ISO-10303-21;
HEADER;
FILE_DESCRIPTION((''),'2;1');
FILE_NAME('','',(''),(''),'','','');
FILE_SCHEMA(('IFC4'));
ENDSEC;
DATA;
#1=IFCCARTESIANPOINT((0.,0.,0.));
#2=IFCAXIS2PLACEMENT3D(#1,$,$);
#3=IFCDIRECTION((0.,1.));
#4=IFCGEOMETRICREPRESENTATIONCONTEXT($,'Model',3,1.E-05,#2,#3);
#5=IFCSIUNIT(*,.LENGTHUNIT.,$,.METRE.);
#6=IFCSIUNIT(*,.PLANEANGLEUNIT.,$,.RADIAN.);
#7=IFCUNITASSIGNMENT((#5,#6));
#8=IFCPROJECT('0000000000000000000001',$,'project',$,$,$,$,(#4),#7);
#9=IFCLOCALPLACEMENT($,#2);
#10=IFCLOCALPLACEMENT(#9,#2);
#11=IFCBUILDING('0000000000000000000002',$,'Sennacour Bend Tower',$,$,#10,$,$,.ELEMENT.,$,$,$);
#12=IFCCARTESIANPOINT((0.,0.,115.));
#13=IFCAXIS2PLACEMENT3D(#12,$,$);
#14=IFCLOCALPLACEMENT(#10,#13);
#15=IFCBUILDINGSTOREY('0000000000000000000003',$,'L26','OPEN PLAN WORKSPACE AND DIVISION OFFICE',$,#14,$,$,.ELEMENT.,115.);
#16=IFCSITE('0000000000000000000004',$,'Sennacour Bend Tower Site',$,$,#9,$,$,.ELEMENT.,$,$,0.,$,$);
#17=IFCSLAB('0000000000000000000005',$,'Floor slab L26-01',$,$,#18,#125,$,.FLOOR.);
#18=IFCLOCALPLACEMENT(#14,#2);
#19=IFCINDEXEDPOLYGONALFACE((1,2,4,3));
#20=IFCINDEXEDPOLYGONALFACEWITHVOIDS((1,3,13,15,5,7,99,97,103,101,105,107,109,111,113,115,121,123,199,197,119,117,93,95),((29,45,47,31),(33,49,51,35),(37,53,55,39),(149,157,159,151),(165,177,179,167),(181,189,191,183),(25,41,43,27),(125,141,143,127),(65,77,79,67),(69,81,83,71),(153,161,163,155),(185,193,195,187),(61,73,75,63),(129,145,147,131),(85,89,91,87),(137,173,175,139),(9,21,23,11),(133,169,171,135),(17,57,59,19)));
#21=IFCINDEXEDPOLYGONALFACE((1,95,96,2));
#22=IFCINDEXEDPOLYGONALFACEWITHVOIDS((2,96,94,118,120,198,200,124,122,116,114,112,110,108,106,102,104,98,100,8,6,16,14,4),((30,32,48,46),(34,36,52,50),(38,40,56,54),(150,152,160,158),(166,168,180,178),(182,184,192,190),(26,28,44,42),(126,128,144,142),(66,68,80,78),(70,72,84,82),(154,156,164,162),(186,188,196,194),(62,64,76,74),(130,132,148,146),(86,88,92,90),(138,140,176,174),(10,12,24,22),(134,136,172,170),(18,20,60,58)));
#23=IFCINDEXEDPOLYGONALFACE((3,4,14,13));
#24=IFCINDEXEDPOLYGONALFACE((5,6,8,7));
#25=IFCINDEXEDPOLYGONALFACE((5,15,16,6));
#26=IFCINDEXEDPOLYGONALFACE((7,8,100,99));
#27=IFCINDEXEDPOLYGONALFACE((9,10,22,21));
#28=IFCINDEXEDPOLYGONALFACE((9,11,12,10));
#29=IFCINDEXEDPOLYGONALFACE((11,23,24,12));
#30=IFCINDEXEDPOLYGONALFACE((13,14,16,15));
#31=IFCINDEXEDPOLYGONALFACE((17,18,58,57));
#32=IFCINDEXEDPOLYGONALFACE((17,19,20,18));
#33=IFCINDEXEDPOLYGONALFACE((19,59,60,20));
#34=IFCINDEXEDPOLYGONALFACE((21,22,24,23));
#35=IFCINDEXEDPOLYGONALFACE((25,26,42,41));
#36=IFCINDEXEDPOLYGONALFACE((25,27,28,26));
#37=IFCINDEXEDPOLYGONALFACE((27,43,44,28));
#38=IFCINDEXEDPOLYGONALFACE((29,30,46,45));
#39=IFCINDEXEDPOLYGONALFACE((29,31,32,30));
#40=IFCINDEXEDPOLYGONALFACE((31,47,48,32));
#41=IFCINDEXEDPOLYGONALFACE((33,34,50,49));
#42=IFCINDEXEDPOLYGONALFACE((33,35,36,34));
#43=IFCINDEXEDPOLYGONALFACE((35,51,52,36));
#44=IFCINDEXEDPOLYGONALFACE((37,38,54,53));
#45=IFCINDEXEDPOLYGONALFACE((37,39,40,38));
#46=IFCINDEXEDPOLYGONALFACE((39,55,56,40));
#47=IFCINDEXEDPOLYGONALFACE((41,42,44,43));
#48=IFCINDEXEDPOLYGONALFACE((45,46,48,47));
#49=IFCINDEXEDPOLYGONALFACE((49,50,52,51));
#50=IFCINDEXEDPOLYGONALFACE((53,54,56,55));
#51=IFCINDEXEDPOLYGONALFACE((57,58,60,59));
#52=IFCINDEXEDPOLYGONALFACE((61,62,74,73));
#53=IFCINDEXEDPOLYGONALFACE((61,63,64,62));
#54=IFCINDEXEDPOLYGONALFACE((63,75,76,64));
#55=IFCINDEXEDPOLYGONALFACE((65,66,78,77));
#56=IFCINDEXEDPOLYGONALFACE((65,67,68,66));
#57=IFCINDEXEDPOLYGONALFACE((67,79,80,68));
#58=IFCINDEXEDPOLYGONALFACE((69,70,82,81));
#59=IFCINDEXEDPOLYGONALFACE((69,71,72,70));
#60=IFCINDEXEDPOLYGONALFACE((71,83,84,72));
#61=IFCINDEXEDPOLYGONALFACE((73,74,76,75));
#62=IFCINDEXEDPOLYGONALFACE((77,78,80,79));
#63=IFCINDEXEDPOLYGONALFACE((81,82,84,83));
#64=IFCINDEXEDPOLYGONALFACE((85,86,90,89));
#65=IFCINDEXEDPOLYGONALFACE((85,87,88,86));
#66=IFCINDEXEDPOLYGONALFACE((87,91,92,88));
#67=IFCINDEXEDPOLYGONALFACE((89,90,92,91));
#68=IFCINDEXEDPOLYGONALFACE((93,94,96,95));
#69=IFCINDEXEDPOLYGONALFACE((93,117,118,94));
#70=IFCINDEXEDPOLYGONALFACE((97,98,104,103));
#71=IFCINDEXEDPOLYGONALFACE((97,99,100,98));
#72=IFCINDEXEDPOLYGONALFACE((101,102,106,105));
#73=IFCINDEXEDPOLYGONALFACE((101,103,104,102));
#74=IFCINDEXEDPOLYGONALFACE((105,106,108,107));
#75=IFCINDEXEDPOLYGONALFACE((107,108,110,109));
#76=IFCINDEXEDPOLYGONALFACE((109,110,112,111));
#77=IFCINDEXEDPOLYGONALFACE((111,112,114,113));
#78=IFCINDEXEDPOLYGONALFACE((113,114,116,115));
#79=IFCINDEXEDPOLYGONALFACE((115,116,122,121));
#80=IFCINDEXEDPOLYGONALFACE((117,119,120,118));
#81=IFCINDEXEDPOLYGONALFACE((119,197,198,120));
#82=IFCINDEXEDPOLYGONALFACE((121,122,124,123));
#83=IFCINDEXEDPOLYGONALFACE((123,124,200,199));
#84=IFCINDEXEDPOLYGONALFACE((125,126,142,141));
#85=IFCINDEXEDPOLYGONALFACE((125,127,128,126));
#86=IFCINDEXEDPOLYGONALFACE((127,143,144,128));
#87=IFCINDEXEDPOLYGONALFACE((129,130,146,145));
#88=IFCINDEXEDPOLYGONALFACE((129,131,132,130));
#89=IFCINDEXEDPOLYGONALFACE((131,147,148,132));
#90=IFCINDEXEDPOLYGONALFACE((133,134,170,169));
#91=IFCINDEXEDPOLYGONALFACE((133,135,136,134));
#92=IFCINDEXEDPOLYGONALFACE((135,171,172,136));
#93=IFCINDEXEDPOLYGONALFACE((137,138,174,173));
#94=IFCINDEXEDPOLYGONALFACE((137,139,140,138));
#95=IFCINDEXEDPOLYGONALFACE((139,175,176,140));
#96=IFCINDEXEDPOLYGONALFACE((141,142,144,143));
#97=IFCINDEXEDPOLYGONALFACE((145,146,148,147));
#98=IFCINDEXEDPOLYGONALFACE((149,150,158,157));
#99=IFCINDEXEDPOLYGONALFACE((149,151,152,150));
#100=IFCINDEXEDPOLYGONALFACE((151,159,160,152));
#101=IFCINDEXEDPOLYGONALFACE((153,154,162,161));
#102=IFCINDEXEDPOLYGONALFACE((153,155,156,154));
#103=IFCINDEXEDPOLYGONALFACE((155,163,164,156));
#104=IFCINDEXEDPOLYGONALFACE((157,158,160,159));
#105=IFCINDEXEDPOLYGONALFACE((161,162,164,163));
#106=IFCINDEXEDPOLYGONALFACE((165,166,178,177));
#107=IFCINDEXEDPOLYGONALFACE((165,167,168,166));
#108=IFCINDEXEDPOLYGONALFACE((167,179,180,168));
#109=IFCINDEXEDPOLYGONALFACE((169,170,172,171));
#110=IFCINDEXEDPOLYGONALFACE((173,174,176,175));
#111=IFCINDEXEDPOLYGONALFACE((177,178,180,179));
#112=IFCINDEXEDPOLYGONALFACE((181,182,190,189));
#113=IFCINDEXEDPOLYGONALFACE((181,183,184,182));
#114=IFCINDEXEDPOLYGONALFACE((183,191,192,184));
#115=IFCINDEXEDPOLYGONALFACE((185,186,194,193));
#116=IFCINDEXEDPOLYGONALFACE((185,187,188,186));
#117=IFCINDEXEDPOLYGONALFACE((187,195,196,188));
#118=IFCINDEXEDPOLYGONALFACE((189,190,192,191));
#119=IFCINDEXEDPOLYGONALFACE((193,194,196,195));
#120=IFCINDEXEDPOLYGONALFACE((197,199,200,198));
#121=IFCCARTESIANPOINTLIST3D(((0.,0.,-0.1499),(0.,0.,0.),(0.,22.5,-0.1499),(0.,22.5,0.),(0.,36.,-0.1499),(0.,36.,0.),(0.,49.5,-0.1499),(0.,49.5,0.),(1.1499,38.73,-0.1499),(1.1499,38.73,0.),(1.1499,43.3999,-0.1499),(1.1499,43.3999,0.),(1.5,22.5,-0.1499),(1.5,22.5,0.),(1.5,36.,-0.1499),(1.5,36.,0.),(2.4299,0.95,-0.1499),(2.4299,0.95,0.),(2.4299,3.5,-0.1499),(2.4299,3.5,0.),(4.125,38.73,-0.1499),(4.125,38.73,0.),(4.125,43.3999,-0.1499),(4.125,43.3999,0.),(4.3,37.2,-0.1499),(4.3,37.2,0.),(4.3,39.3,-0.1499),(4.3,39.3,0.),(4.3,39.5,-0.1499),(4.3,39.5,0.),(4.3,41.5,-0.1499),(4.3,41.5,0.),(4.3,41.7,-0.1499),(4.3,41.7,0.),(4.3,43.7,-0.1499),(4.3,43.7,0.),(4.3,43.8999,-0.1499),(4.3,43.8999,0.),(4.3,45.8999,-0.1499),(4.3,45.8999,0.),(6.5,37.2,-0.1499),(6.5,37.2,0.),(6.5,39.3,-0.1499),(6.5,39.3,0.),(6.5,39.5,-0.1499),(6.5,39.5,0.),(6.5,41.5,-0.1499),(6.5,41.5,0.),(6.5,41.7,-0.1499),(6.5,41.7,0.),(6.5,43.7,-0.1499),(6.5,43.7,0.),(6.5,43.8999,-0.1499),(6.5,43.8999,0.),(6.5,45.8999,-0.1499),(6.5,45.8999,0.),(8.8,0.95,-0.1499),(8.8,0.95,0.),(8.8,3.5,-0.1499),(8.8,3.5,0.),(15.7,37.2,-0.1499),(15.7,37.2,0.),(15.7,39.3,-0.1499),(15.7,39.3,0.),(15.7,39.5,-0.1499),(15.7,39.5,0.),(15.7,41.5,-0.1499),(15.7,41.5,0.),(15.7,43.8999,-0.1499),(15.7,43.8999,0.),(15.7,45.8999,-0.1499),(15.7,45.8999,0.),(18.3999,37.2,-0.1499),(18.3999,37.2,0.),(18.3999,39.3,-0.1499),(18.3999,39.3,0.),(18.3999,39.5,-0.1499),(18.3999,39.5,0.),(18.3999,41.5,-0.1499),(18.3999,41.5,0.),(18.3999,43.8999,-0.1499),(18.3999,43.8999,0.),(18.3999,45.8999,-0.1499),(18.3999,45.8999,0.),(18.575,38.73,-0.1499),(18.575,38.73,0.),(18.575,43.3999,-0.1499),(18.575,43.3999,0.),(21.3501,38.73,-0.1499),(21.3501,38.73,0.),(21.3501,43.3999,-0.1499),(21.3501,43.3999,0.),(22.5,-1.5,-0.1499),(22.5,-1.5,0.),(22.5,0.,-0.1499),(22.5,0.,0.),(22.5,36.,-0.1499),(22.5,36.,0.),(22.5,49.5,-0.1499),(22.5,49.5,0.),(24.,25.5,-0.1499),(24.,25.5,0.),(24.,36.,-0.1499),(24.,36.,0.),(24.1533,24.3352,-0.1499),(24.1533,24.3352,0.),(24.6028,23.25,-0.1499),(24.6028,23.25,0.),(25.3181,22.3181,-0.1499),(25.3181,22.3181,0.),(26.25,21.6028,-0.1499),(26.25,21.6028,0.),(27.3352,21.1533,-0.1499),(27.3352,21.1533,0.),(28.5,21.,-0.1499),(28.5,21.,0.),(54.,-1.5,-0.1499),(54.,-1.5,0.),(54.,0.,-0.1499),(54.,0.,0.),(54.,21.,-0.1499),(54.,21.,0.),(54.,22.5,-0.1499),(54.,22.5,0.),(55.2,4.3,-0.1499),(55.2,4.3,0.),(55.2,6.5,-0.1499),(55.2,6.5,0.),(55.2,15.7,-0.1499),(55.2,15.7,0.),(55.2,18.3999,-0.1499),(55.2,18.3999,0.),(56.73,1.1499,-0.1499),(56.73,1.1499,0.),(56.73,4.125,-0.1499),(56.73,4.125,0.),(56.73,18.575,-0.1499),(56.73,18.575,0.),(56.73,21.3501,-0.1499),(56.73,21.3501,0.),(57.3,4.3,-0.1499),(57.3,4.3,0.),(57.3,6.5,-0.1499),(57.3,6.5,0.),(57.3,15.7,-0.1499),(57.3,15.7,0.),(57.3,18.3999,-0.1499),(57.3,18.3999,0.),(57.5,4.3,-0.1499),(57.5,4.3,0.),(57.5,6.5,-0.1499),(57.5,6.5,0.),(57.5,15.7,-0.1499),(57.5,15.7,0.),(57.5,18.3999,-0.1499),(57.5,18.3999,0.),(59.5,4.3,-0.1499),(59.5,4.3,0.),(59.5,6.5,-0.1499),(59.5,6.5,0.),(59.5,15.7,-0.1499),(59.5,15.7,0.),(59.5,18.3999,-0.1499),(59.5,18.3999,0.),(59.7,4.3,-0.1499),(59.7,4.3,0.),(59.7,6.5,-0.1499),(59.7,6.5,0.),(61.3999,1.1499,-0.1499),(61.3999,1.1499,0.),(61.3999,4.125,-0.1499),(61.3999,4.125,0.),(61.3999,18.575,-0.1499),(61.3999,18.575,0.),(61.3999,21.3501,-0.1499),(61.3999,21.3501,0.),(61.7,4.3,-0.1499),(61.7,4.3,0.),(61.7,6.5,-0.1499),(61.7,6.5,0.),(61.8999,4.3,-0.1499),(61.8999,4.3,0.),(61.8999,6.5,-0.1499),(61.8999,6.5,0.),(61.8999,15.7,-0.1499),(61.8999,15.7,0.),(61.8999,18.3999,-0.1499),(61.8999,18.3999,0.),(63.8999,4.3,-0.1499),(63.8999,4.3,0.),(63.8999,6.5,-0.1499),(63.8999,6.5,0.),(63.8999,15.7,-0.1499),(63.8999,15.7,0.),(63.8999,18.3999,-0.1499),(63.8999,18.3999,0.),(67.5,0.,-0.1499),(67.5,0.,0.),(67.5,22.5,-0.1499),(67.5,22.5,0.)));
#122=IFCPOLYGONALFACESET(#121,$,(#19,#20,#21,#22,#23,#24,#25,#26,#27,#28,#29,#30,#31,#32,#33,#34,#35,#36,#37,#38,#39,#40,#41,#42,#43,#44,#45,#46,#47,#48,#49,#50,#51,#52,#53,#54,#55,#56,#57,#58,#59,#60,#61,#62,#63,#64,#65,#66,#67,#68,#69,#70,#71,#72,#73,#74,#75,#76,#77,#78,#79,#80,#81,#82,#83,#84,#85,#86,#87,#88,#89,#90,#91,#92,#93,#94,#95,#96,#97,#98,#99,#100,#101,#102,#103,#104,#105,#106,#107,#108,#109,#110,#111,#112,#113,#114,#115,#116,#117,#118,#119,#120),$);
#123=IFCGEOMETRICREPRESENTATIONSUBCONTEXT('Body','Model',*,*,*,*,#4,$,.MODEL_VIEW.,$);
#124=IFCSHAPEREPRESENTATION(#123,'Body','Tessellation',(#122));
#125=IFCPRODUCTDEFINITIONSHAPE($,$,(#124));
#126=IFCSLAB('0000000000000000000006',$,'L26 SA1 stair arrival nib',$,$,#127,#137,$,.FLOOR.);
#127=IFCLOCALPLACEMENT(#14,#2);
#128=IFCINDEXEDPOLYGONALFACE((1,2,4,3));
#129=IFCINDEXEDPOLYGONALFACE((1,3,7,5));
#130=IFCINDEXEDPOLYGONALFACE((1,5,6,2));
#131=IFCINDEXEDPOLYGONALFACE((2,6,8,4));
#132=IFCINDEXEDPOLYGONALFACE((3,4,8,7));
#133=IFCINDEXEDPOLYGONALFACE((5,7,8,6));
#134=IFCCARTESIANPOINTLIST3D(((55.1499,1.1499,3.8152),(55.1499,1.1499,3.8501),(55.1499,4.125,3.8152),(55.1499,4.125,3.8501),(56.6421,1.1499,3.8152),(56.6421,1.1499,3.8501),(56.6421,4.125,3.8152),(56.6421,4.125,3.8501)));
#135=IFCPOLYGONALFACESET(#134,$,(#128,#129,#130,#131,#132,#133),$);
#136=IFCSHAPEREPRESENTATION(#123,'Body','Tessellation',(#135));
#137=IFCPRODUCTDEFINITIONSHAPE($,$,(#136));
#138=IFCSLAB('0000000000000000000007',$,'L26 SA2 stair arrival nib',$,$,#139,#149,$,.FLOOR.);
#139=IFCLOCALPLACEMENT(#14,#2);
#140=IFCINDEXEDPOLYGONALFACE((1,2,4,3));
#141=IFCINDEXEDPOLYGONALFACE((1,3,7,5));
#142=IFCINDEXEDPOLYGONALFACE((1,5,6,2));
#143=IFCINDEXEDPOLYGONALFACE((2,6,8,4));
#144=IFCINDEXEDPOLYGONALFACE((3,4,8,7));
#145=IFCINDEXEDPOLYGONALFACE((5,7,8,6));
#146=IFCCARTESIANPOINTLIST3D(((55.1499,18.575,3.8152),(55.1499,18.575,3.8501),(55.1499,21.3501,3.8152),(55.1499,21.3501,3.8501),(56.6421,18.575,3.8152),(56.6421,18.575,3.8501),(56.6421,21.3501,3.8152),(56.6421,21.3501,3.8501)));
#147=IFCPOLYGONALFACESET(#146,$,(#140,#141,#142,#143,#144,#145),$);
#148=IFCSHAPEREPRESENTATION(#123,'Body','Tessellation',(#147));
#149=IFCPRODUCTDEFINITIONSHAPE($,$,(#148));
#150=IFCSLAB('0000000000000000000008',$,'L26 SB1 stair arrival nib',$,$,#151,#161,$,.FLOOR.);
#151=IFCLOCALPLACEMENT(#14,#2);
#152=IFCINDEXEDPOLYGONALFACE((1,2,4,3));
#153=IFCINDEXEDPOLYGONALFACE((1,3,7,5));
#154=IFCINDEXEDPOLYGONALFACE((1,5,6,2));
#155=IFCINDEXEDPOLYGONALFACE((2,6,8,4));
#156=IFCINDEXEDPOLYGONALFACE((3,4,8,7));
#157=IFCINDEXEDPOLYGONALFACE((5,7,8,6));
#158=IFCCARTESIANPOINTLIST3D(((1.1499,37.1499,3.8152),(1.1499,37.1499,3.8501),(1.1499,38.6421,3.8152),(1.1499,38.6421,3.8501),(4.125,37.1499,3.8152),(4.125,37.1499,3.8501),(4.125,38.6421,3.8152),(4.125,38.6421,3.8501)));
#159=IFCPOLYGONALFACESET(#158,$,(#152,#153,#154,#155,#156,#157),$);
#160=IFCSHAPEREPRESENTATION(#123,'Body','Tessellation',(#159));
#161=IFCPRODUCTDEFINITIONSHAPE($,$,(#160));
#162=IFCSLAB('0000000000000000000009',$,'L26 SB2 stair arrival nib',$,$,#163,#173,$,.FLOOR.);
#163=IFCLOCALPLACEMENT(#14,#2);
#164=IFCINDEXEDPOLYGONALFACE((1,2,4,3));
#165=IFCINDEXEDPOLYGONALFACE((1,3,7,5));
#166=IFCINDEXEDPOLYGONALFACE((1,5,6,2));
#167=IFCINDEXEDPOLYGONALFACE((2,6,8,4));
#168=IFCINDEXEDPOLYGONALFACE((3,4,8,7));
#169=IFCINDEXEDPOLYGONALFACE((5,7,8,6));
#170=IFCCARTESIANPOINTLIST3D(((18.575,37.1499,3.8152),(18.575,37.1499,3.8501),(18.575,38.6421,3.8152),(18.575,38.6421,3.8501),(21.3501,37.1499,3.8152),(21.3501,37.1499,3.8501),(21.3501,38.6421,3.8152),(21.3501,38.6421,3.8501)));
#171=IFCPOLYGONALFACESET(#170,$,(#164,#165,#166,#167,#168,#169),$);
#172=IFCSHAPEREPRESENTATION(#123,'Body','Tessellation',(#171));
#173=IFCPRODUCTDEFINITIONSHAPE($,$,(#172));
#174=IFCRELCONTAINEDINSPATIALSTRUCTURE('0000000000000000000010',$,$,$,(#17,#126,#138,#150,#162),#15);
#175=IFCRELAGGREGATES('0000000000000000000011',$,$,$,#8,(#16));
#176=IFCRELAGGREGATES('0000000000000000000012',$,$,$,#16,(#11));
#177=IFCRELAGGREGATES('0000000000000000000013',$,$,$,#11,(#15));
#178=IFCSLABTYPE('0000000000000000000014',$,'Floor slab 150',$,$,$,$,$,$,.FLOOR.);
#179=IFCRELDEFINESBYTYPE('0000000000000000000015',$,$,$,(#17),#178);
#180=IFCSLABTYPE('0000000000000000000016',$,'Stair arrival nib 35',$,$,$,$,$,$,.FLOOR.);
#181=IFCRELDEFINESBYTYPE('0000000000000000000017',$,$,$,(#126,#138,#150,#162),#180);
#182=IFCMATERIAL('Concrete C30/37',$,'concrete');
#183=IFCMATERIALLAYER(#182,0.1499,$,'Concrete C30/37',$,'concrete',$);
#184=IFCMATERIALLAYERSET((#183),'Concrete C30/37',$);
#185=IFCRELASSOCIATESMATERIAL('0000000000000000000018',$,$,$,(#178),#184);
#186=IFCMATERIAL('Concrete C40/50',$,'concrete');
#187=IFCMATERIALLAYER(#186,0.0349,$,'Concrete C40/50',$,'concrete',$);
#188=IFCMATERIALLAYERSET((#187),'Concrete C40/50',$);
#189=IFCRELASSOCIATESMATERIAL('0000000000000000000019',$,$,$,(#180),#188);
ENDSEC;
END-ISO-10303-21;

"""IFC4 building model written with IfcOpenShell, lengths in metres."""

from ifc_helpers import new_model, si_unit, direction, frame, origin, place, context, subcontext, project, spatial, polyline, outline, extrude, material, layer, layer_set, type_object, element, save


model = new_model("IFC4")

# Units and contexts
model_context = context("Model", 3, precision=1e-05, world=origin(), true_north=direction((0.0, 1.0)))
body_context = subcontext(model_context, "Body", "Model", "MODEL_VIEW")
ifc_project = project(units=[si_unit("LENGTHUNIT", "METRE"), si_unit("PLANEANGLEUNIT", "RADIAN")], contexts=[model_context])

# Site, building, storey
site_placement = place(None, origin())
site = spatial("IfcSite", under=ifc_project, at=site_placement, Name="Sennacour Bend Tower Site", CompositionType="ELEMENT", RefElevation=0.0)
building_placement = place(site_placement, origin())
building = spatial("IfcBuilding", under=site, at=building_placement, Name="Sennacour Bend Tower", CompositionType="ELEMENT")
storey_placement = place(building_placement, frame((0.0, 0.0, 115.0)))
storey = spatial("IfcBuildingStorey", under=building, at=storey_placement, Name="L26", Description="OPEN PLAN WORKSPACE AND DIVISION OFFICE", CompositionType="ELEMENT", Elevation=115.0)

# Slabs
ifc_material_1 = material(Name="Concrete C30/37", Category="concrete")
ifc_layer_1 = layer(ifc_material_1, 0.1499, Name="Concrete C30/37", Category="concrete")
ifc_layer_set_1 = layer_set([ifc_layer_1], Name="Concrete C30/37")
slab_type_1 = type_object("IfcSlabType", Name="Floor slab 150", PredefinedType="FLOOR", material=ifc_layer_set_1)
slab_1_placement = place(storey_placement, frame((0.0, 0.0, -0.1499)))
element("IfcSlab", 1, at=slab_1_placement, inside=storey, type_object=slab_type_1, Name="Floor slab L26-01", PredefinedType="FLOOR", context=body_context, shape_type="SweptSolid", body=[
    extrude(outline(polyline([(22.5, 0.0), (0.0, 0.0), (0.0, 22.5), (1.5, 22.5), (1.5, 36.0), (0.0, 36.0), (0.0, 49.5), (22.5, 49.5), (22.5, 36.0), (24.0, 36.0), (24.0, 25.5), (24.1533, 24.3352), (24.6028, 23.25), (25.3181, 22.3181), (26.25, 21.6028), (27.3352, 21.1533), (28.5, 21.0), (54.0, 21.0), (54.0, 22.5), (67.5, 22.5), (67.5, 0.0), (54.0, 0.0), (54.0, -1.5), (22.5, -1.5), (22.5, 0.0)]), holes=[polyline([(8.8, 0.95), (8.8, 3.5), (2.4299, 3.5), (2.4299, 0.95), (8.8, 0.95)]), polyline([(6.5, 37.2), (6.5, 39.3), (4.3, 39.3), (4.3, 37.2), (6.5, 37.2)]), polyline([(18.3999, 37.2), (18.3999, 39.3), (15.7, 39.3), (15.7, 37.2), (18.3999, 37.2)]), polyline([(6.5, 39.5), (6.5, 41.5), (4.3, 41.5), (4.3, 39.5), (6.5, 39.5)]), polyline([(18.3999, 39.5), (18.3999, 41.5), (15.7, 41.5), (15.7, 39.5), (18.3999, 39.5)]), polyline([(4.125, 38.73), (4.125, 43.3999), (1.1499, 43.3999), (1.1499, 38.73), (4.125, 38.73)]), polyline([(21.3501, 38.73), (21.3501, 43.3999), (18.575, 43.3999), (18.575, 38.73), (21.3501, 38.73)]), polyline([(4.3, 41.7), (6.5, 41.7), (6.5, 43.7), (4.3, 43.7), (4.3, 41.7)]), polyline([(4.3, 43.8999), (6.5, 43.8999), (6.5, 45.8999), (4.3, 45.8999), (4.3, 43.8999)]), polyline([(18.3999, 43.8999), (18.3999, 45.8999), (15.7, 45.8999), (15.7, 43.8999), (18.3999, 43.8999)]), polyline([(61.3999, 1.1499), (61.3999, 4.125), (56.73, 4.125), (56.73, 1.1499), (61.3999, 1.1499)]), polyline([(57.3, 4.3), (57.3, 6.5), (55.2, 6.5), (55.2, 4.3), (57.3, 4.3)]), polyline([(57.5, 4.3), (59.5, 4.3), (59.5, 6.5), (57.5, 6.5), (57.5, 4.3)]), polyline([(59.7, 4.3), (61.7, 4.3), (61.7, 6.5), (59.7, 6.5), (59.7, 4.3)]), polyline([(63.8999, 4.3), (63.8999, 6.5), (61.8999, 6.5), (61.8999, 4.3), (63.8999, 4.3)]), polyline([(57.3, 15.7), (57.3, 18.3999), (55.2, 18.3999), (55.2, 15.7), (57.3, 15.7)]), polyline([(59.5, 15.7), (59.5, 18.3999), (57.5, 18.3999), (57.5, 15.7), (59.5, 15.7)]), polyline([(61.8999, 15.7), (63.8999, 15.7), (63.8999, 18.3999), (61.8999, 18.3999), (61.8999, 15.7)]), polyline([(56.73, 18.575), (61.3999, 18.575), (61.3999, 21.3501), (56.73, 21.3501), (56.73, 18.575)])]), origin(), (0.0, 0.0, 1.0), 0.1499),
])
ifc_material_2 = material(Name="Concrete C40/50", Category="concrete")
ifc_layer_2 = layer(ifc_material_2, 0.0349, Name="Concrete C40/50", Category="concrete")
ifc_layer_set_2 = layer_set([ifc_layer_2], Name="Concrete C40/50")
slab_type_2 = type_object("IfcSlabType", Name="Stair arrival nib 35", PredefinedType="FLOOR", material=ifc_layer_set_2)
slab_2_placement = place(storey_placement, frame((0.0, 0.0, 3.8152)))
element("IfcSlab", 2, at=slab_2_placement, inside=storey, type_object=slab_type_2, Name="L26 SA1 stair arrival nib", PredefinedType="FLOOR", context=body_context, shape_type="SweptSolid", body=[
    extrude(outline(polyline([(56.6421, 4.125), (55.1499, 4.125), (55.1499, 1.1499), (56.6421, 1.1499), (56.6421, 4.125)])), origin(), (0.0, 0.0, 1.0), 0.0349),
])
slab_3_placement = place(storey_placement, frame((0.0, 0.0, 3.8152)))
element("IfcSlab", 3, at=slab_3_placement, inside=storey, type_object=slab_type_2, Name="L26 SA2 stair arrival nib", PredefinedType="FLOOR", context=body_context, shape_type="SweptSolid", body=[
    extrude(outline(polyline([(56.6421, 21.3501), (55.1499, 21.3501), (55.1499, 18.575), (56.6421, 18.575), (56.6421, 21.3501)])), origin(), (0.0, 0.0, 1.0), 0.0349),
])
slab_4_placement = place(storey_placement, frame((0.0, 0.0, 3.8152)))
element("IfcSlab", 4, at=slab_4_placement, inside=storey, type_object=slab_type_2, Name="L26 SB1 stair arrival nib", PredefinedType="FLOOR", context=body_context, shape_type="SweptSolid", body=[
    extrude(outline(polyline([(1.1499, 38.6421), (1.1499, 37.1499), (4.125, 37.1499), (4.125, 38.6421), (1.1499, 38.6421)])), origin(), (0.0, 0.0, 1.0), 0.0349),
])
slab_5_placement = place(storey_placement, frame((0.0, 0.0, 3.8152)))
element("IfcSlab", 5, at=slab_5_placement, inside=storey, type_object=slab_type_2, Name="L26 SB2 stair arrival nib", PredefinedType="FLOOR", context=body_context, shape_type="SweptSolid", body=[
    extrude(outline(polyline([(18.575, 38.6421), (18.575, 37.1499), (21.3501, 37.1499), (21.3501, 38.6421), (18.575, 38.6421)])), origin(), (0.0, 0.0, 1.0), 0.0349),
])

save(model, "model.ifc")
